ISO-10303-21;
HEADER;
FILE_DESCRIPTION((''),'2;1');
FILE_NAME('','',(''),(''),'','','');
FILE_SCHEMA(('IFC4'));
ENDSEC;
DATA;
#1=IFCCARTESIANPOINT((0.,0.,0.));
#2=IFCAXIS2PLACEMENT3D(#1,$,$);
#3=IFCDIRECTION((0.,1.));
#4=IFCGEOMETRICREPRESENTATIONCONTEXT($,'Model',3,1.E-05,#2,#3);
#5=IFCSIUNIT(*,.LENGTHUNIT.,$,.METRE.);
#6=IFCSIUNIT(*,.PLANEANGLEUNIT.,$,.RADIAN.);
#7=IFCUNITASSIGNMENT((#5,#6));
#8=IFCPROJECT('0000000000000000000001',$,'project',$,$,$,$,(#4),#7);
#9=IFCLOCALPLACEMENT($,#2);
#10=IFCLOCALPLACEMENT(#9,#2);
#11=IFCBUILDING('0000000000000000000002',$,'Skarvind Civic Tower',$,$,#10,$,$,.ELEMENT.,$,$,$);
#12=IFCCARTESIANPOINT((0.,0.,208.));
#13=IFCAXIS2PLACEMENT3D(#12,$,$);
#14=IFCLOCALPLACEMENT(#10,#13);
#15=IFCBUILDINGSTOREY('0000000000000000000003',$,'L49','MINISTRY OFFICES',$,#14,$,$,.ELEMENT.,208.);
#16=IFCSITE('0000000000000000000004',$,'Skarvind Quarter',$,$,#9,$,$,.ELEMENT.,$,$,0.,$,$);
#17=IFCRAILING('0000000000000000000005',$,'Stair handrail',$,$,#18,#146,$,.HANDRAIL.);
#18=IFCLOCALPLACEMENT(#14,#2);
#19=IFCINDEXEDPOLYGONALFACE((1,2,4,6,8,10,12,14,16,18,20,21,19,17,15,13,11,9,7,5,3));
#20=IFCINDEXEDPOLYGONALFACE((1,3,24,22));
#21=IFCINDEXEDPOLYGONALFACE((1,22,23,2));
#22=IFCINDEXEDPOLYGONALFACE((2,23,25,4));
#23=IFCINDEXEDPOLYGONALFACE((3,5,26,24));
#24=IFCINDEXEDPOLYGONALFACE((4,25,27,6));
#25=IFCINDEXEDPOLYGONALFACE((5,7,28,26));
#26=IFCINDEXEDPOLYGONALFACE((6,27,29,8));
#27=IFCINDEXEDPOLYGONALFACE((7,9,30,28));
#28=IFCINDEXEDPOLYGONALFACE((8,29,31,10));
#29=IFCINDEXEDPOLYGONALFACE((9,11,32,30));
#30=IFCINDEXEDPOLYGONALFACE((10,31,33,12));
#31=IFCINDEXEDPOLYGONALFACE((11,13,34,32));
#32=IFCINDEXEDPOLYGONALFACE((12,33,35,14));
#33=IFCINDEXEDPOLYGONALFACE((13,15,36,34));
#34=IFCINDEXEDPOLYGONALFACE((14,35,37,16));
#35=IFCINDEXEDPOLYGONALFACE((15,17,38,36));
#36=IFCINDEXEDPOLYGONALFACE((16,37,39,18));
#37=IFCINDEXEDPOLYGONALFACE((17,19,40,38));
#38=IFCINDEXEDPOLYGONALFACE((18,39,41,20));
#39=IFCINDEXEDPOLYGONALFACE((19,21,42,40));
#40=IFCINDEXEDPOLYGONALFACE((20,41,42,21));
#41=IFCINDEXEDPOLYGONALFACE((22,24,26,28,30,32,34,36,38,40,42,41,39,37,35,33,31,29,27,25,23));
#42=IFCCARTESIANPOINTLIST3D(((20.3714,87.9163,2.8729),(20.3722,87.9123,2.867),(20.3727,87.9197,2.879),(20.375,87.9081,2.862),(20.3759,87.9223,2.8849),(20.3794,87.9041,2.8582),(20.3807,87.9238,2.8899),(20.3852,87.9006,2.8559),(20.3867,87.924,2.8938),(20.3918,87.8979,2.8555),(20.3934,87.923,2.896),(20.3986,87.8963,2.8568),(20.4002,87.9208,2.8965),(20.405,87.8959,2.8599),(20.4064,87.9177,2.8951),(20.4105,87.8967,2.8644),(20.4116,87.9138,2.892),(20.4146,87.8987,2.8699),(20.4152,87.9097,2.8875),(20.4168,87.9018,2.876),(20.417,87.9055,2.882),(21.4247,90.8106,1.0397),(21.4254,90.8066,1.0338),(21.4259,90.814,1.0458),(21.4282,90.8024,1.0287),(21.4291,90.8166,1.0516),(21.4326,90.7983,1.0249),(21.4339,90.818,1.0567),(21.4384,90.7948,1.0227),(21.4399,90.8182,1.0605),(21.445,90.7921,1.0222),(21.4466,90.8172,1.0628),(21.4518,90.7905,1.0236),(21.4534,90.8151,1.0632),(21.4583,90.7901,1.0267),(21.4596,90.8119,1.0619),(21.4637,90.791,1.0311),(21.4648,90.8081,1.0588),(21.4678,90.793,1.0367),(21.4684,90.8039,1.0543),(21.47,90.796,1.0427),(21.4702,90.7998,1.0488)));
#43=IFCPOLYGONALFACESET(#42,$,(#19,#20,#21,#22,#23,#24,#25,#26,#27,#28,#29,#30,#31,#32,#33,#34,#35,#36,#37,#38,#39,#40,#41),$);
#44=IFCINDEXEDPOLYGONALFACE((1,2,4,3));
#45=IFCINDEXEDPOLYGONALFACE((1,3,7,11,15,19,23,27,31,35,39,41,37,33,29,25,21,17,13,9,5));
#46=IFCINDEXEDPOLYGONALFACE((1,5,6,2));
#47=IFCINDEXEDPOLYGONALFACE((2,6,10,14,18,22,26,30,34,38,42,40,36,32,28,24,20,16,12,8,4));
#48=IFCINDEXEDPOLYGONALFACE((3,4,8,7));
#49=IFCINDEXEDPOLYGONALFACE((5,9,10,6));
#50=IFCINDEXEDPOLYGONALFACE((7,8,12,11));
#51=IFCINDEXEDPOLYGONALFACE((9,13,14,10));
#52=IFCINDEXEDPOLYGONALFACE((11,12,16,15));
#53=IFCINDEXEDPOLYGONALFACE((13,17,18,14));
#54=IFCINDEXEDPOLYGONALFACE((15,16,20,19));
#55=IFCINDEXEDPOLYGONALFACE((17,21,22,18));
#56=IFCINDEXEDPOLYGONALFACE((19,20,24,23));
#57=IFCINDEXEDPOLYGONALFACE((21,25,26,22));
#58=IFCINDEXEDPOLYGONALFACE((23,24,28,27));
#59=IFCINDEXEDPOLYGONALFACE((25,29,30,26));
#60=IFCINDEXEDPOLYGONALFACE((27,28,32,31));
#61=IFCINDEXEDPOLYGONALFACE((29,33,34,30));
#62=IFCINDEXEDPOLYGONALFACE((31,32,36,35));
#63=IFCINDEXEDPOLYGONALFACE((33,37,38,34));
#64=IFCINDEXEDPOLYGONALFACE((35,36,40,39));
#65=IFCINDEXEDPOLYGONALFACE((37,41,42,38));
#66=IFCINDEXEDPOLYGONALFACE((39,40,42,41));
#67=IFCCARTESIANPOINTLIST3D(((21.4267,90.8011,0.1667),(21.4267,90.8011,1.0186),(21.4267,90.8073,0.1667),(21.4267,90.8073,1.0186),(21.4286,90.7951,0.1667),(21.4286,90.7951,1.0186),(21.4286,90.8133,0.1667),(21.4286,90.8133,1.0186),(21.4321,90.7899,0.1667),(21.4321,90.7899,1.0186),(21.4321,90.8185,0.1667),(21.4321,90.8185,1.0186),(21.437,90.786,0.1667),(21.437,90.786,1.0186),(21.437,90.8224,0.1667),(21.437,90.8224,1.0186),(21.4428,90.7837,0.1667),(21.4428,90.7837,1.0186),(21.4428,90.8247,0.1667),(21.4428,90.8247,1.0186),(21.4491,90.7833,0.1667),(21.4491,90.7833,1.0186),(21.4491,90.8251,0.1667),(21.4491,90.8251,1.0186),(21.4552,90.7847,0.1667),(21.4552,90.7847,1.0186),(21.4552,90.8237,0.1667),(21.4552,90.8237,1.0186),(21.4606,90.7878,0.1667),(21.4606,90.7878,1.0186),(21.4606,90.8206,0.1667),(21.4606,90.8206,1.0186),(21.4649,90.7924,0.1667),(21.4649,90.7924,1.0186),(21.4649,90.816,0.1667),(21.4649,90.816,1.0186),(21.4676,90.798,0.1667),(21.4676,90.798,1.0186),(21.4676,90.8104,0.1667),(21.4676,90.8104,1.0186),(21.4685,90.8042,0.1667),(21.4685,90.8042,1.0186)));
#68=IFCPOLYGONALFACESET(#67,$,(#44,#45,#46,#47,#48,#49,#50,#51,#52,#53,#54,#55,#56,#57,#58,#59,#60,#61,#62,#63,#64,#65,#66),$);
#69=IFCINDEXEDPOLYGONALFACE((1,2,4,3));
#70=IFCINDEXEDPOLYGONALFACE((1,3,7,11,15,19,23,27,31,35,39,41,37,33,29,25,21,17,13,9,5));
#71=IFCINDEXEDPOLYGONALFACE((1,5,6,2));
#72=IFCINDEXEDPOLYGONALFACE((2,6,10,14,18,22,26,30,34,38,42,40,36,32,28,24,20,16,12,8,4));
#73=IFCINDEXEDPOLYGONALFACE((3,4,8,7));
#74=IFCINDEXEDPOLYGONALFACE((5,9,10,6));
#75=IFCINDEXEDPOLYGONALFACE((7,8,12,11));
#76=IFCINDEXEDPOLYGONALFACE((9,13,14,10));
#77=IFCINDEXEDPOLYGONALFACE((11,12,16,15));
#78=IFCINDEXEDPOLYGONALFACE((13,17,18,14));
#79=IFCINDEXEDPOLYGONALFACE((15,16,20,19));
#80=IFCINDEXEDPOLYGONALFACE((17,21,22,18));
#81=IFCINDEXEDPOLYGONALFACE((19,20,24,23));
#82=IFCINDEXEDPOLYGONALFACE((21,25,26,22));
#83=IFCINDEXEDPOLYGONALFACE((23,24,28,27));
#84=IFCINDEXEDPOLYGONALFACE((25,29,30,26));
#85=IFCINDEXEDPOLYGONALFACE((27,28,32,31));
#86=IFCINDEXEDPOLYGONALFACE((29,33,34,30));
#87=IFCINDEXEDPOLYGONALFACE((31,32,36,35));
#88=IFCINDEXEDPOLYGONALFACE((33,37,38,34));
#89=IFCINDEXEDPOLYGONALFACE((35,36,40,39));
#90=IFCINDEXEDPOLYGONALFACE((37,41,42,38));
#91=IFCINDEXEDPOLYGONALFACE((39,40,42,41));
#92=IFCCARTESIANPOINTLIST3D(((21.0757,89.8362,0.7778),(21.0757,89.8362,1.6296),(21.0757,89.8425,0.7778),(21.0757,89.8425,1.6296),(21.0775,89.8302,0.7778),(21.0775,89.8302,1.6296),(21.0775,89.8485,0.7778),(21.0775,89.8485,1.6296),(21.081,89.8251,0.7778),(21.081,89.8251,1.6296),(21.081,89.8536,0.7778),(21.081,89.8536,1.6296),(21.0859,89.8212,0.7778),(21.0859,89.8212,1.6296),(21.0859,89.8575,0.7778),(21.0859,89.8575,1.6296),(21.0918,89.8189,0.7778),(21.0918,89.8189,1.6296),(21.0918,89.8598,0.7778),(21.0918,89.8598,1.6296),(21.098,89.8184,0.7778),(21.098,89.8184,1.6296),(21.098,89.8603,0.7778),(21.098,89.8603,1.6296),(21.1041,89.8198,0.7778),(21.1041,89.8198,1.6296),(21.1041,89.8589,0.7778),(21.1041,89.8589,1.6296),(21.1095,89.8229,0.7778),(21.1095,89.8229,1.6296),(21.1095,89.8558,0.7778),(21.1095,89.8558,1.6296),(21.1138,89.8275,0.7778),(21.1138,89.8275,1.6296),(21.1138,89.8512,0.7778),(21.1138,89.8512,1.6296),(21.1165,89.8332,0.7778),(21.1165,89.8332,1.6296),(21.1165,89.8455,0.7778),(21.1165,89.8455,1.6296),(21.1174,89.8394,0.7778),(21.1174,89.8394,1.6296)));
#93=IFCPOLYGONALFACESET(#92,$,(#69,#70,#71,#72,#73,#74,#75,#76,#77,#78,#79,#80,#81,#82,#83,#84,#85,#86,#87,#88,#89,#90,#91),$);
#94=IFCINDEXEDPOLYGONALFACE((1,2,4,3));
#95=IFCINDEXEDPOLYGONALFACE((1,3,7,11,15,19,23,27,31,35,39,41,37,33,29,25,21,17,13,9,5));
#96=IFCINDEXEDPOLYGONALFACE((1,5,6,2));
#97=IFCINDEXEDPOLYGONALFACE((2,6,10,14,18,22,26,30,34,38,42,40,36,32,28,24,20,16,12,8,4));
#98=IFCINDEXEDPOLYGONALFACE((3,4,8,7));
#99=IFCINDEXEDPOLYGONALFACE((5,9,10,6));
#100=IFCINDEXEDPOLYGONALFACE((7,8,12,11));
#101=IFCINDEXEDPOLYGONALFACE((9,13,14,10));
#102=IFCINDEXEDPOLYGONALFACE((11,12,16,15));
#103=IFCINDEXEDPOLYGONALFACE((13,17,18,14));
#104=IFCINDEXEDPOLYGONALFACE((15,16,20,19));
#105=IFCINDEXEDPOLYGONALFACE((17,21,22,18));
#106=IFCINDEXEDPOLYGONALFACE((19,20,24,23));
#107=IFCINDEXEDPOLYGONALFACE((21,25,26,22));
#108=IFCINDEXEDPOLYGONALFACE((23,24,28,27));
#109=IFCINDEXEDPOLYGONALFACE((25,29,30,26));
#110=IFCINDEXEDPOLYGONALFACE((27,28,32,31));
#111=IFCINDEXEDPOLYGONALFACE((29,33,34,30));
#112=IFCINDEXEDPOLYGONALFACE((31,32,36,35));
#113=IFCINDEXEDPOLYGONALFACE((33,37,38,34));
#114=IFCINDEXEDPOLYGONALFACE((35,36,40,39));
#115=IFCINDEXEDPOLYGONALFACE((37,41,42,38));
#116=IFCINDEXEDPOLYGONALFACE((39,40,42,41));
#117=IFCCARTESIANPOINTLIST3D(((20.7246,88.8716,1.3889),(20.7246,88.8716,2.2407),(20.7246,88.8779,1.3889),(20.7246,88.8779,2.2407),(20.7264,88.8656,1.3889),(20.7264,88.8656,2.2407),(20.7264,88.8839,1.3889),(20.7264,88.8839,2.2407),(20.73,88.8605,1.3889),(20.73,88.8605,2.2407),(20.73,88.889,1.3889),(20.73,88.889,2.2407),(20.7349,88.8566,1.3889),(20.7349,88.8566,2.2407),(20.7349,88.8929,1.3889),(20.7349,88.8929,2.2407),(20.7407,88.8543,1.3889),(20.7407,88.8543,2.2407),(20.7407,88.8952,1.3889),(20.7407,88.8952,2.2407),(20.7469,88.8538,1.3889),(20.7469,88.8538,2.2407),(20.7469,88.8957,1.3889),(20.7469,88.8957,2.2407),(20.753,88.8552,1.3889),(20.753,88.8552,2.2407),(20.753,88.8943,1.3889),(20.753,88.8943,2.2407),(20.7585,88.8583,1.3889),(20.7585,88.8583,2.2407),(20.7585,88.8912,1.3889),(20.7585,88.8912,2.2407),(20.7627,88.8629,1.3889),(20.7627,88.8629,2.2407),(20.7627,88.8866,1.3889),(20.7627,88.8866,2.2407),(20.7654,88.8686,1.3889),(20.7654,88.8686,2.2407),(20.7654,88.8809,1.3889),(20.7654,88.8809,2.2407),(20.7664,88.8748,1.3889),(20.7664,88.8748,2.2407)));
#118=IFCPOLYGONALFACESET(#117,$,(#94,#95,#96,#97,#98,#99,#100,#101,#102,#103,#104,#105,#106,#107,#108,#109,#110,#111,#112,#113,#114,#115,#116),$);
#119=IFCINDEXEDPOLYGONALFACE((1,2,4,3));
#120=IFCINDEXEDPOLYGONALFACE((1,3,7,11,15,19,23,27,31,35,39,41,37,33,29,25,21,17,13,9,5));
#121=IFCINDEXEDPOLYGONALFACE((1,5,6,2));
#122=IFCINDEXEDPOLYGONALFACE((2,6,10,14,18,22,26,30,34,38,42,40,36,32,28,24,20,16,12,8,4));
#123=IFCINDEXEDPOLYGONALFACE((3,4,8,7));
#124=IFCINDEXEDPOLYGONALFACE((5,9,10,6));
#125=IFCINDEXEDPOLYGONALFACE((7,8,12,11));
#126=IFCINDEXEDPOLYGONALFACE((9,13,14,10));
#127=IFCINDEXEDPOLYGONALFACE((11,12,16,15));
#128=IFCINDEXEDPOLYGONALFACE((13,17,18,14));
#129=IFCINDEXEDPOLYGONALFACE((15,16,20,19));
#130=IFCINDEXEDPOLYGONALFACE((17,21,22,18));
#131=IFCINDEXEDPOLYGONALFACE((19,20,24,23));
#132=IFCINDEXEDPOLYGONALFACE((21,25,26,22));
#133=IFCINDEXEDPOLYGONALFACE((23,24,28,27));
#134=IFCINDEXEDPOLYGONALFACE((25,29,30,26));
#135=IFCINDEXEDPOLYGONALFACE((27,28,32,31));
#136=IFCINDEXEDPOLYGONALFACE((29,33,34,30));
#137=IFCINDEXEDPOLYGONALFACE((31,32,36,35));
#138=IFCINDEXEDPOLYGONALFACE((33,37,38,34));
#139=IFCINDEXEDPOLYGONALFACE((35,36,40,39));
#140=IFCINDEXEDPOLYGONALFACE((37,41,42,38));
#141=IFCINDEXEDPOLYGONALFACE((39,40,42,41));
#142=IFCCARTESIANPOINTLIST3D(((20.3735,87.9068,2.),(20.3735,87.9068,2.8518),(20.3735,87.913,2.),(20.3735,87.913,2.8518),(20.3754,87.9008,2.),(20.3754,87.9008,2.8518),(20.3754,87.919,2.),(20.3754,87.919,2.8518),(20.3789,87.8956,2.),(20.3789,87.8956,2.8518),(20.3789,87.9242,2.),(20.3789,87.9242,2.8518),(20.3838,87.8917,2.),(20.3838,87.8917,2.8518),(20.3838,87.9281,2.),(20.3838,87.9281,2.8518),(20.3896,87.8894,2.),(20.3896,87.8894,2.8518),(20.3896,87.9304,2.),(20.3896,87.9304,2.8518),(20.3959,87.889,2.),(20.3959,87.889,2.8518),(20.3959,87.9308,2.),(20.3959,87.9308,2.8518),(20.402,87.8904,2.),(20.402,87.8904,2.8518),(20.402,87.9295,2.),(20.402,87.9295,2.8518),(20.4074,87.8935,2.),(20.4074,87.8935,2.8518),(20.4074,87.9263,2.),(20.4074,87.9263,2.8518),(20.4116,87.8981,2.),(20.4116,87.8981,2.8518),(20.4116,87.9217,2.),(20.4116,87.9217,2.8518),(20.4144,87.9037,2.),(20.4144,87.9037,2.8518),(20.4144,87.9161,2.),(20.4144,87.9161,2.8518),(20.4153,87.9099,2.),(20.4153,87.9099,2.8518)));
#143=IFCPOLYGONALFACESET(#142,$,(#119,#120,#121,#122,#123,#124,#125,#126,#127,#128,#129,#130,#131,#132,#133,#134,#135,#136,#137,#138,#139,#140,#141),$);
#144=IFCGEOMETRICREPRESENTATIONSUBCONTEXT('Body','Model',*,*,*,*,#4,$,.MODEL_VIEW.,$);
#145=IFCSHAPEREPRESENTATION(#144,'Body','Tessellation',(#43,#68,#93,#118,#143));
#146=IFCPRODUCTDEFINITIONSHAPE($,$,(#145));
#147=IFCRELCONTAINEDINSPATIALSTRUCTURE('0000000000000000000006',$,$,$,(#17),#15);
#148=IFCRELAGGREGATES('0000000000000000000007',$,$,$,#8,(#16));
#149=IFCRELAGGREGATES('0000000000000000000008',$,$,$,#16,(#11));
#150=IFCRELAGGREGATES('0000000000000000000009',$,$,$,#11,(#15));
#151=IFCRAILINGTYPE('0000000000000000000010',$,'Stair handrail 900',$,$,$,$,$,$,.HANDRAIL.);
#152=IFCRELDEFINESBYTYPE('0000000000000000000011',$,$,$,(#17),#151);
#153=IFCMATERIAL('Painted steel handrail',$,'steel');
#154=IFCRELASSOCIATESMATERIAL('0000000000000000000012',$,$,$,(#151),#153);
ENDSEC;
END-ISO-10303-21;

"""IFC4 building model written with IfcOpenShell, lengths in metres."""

from ifc_helpers import new_model, si_unit, direction, frame, origin, origin_2d, place, context, subcontext, project, spatial, circle, extrude, material, type_object, element, save


model = new_model("IFC4")

# Units and contexts
model_context = context("Model", 3, precision=1e-05, world=origin(), true_north=direction((0.0, 1.0)))
body_context = subcontext(model_context, "Body", "Model", "MODEL_VIEW")
ifc_project = project(units=[si_unit("LENGTHUNIT", "METRE"), si_unit("PLANEANGLEUNIT", "RADIAN")], contexts=[model_context])

# Site, building, storey
site_placement = place(None, origin())
site = spatial("IfcSite", under=ifc_project, at=site_placement, Name="Skarvind Quarter", CompositionType="ELEMENT", RefElevation=0.0)
building_placement = place(site_placement, origin())
building = spatial("IfcBuilding", under=site, at=building_placement, Name="Skarvind Civic Tower", CompositionType="ELEMENT")
storey_placement = place(building_placement, frame((0.0, 0.0, 208.0)))
storey = spatial("IfcBuildingStorey", under=building, at=storey_placement, Name="L49", Description="MINISTRY OFFICES", CompositionType="ELEMENT", Elevation=208.0)

# Railing
ifc_material_1 = material(Name="Painted steel handrail", Category="steel")
railing_type = type_object("IfcRailingType", Name="Stair handrail 900", PredefinedType="HANDRAIL", material=ifc_material_1)
railing_1_placement = place(storey_placement, frame((21.4475, 90.8042, 0.1667)))
element("IfcRailing", 1, at=railing_1_placement, inside=storey, type_object=railing_type, Name="Stair handrail", PredefinedType="HANDRAIL", context=body_context, shape_type="SweptSolid", body=[
    extrude(circle(Radius=0.0239, at=origin_2d()), frame((0.0, 0.0, 0.876), z_axis=(-0.293846, -0.807497, 0.511472), x_axis=(0.939715, -0.341959, 0.0)), (0.0, 0.0, 1.0), 3.5842),
    extrude(circle(Radius=0.021, at=origin_2d()), origin(), (0.0, 0.0, 1.0), 0.8518),
    extrude(circle(Radius=0.021, at=origin_2d()), frame((-0.3511, -0.9648, 0.6111)), (0.0, 0.0, 1.0), 0.8518),
    extrude(circle(Radius=0.021, at=origin_2d()), frame((-0.7021, -1.9294, 1.2222)), (0.0, 0.0, 1.0), 0.8518),
    extrude(circle(Radius=0.021, at=origin_2d()), frame((-1.0532, -2.8943, 1.8333)), (0.0, 0.0, 1.0), 0.8518),
])

save(model, "model.ifc")
